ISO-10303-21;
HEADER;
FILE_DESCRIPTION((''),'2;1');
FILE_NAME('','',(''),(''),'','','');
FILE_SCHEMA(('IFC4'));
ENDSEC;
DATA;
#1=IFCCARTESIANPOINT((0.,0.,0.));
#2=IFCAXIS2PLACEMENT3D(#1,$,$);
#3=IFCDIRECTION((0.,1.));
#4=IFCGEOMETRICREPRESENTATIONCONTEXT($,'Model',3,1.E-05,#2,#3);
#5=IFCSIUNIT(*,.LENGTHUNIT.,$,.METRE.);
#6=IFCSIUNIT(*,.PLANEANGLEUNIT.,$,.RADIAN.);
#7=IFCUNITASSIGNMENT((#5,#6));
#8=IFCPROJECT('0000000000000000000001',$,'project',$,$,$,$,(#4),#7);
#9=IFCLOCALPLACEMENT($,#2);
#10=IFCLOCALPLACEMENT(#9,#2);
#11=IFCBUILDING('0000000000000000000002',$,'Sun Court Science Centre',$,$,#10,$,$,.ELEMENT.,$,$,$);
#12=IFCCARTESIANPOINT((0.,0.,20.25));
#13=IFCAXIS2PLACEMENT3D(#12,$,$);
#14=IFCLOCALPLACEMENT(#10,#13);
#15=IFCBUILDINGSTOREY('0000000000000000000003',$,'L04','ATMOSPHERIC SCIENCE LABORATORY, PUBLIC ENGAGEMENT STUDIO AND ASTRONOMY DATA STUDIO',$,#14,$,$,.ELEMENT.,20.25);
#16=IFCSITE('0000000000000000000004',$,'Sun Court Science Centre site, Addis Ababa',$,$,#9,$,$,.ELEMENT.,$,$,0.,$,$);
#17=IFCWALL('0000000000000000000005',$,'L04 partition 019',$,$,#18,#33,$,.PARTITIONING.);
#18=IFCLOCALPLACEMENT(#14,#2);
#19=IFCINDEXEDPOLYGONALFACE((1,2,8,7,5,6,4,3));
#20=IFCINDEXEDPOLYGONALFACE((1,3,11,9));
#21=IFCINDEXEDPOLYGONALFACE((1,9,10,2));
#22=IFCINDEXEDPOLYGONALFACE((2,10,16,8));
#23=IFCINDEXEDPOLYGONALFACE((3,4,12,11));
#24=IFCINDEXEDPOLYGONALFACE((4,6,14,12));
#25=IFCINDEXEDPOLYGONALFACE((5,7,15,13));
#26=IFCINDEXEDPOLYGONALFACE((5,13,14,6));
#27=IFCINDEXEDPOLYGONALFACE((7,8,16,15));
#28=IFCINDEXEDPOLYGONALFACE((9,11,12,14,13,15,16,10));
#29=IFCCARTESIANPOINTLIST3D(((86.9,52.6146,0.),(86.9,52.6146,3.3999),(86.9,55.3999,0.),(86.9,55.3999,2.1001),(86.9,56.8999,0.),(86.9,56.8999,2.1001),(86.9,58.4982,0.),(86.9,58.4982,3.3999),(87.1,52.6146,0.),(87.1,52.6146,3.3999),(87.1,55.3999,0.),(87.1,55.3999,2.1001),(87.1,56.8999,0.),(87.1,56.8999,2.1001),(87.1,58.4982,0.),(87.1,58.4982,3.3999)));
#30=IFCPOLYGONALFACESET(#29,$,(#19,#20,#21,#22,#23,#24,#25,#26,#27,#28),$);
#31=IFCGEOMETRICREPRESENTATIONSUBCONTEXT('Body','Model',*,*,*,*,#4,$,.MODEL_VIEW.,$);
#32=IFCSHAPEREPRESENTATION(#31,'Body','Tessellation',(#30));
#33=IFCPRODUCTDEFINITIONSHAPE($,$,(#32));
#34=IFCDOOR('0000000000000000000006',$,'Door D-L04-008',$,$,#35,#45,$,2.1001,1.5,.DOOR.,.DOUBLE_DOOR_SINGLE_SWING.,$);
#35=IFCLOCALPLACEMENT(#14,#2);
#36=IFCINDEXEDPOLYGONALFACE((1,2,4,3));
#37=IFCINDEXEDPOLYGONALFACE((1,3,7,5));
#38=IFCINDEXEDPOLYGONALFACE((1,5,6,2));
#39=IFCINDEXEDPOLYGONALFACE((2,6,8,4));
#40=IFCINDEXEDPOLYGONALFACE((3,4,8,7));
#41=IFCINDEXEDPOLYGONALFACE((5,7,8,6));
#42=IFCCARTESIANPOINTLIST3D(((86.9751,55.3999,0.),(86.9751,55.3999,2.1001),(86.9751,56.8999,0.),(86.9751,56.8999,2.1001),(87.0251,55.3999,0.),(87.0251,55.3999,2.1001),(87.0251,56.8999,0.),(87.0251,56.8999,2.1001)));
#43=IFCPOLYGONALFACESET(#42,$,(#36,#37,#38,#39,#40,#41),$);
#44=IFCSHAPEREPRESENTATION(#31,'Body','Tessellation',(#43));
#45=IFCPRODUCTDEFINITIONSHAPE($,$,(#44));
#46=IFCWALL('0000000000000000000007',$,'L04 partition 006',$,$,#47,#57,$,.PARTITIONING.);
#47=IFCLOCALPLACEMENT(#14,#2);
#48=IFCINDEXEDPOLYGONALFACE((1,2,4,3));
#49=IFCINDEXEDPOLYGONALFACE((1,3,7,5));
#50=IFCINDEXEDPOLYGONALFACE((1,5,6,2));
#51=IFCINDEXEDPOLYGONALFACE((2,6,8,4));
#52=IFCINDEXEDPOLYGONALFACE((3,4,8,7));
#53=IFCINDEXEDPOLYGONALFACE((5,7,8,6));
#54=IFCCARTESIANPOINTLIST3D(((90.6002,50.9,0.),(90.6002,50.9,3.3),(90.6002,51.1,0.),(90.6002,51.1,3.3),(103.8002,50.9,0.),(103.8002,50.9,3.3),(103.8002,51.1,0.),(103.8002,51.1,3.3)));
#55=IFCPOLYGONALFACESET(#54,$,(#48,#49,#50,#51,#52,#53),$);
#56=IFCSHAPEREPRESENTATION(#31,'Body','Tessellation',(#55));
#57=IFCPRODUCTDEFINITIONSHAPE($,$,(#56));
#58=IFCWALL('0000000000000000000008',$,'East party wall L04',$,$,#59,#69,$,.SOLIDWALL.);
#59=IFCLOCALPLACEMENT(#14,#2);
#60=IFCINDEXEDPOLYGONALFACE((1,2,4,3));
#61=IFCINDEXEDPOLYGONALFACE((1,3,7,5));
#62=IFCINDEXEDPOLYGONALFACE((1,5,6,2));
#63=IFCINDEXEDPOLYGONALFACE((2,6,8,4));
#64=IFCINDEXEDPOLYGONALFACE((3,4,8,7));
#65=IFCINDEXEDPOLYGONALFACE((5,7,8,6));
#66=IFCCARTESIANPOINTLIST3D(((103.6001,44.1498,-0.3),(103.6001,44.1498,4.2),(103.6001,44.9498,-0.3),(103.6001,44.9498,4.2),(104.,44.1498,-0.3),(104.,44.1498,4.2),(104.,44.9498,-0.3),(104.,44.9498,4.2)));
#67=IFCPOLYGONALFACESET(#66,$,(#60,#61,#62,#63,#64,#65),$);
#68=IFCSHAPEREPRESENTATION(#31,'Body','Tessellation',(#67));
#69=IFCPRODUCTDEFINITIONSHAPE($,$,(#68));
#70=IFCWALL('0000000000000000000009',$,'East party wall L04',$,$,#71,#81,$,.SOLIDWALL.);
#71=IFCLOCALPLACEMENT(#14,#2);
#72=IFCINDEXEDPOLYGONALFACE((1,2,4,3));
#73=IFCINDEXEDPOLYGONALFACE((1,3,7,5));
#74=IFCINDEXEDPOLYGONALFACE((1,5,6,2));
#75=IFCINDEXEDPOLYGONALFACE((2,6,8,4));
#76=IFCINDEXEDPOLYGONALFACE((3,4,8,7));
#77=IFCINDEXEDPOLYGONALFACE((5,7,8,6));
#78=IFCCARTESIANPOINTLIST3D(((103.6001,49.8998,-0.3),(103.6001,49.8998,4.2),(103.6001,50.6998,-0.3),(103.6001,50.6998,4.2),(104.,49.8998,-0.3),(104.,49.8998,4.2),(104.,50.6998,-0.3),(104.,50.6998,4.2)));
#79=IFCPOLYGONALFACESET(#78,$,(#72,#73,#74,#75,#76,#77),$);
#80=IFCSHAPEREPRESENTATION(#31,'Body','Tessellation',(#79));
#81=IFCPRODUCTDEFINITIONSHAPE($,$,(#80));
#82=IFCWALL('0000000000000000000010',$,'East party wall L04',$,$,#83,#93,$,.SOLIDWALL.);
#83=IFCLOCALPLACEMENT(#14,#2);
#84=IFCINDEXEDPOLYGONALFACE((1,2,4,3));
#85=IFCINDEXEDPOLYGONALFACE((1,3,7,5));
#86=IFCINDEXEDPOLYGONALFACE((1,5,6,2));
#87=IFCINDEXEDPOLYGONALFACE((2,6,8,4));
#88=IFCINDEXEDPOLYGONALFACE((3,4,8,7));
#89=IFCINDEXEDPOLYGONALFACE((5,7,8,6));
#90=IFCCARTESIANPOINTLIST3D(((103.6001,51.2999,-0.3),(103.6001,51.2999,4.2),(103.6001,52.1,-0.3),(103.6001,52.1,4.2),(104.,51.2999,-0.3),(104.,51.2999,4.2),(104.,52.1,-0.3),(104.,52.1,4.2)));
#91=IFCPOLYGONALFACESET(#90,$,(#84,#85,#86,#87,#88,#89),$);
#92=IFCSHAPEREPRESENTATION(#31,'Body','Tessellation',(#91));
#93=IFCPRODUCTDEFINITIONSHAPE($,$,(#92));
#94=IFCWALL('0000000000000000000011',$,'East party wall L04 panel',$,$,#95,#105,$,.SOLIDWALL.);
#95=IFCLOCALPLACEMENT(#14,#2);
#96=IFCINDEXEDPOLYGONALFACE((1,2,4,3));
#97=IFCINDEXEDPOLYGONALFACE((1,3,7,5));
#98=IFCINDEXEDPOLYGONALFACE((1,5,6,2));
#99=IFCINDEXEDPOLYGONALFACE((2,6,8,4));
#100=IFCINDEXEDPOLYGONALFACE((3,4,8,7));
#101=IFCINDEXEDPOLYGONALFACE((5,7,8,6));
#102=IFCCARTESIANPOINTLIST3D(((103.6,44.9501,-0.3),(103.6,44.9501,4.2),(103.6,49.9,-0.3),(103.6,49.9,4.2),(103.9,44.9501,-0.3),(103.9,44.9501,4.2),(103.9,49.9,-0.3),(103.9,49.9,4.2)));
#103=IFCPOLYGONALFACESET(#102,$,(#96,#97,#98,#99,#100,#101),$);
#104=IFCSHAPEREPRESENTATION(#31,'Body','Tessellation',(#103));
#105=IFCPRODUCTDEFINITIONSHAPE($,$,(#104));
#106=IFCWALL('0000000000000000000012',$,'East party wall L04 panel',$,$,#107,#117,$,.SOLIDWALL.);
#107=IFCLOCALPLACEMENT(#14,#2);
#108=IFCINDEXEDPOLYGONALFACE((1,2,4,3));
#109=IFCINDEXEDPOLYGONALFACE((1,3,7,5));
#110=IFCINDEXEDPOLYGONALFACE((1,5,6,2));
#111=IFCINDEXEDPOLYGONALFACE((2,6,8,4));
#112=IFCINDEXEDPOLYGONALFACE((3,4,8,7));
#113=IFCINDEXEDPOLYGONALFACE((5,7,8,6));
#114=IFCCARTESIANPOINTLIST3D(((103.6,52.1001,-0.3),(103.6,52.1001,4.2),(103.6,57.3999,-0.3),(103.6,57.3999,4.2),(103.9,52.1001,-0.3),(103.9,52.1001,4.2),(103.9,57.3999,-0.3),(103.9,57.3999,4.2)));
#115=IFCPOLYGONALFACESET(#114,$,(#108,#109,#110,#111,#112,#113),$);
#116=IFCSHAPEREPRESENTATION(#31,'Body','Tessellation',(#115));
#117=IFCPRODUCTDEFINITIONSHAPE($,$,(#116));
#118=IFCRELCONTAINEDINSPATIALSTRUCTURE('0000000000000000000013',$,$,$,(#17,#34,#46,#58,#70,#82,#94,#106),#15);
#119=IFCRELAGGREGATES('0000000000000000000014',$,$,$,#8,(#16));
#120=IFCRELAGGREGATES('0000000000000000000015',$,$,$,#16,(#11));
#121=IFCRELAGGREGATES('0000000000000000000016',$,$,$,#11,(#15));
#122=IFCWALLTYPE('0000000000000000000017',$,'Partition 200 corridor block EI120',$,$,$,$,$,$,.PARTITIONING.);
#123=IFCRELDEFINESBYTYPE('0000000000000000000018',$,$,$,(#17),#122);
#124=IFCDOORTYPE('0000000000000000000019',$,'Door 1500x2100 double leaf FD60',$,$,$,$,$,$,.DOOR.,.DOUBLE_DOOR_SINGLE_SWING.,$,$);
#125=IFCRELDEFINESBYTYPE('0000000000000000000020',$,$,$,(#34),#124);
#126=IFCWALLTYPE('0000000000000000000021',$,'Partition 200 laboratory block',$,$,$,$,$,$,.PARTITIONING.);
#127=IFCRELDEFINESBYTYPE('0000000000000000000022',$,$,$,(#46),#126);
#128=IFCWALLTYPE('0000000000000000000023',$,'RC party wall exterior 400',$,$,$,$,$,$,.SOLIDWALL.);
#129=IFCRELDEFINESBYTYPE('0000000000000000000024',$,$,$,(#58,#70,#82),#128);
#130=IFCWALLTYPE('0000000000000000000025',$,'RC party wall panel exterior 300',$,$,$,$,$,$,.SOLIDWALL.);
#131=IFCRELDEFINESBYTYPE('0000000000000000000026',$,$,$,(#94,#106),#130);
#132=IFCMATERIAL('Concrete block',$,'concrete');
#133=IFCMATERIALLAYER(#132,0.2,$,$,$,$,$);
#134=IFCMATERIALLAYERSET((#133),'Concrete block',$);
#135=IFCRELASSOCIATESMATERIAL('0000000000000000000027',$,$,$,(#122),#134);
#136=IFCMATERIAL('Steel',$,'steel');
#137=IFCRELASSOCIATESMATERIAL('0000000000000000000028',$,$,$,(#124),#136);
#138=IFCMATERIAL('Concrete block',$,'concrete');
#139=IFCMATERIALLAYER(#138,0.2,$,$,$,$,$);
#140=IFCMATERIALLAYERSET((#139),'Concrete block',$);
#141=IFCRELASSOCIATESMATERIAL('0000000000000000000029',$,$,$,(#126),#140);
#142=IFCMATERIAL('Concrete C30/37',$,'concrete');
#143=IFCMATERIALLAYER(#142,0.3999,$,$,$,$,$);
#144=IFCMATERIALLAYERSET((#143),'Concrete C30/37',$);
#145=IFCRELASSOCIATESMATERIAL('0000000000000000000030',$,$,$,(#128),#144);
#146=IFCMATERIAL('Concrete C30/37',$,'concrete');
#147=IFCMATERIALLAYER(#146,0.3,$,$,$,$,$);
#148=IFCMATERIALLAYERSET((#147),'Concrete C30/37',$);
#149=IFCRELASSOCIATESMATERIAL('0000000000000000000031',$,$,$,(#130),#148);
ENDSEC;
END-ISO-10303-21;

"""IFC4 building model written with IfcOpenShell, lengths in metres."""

from ifc_helpers import new_model, si_unit, direction, frame, frame_2d, origin, place, context, subcontext, project, spatial, rectangle, extrude, material, layer, layer_set, type_object, element, fill, save


model = new_model("IFC4")

# Units and contexts
model_context = context("Model", 3, precision=1e-05, world=origin(), true_north=direction((0.0, 1.0)))
body_context = subcontext(model_context, "Body", "Model", "MODEL_VIEW")
ifc_project = project(units=[si_unit("LENGTHUNIT", "METRE"), si_unit("PLANEANGLEUNIT", "RADIAN")], contexts=[model_context])

# Site, building, storey
site_placement = place(None, origin())
site = spatial("IfcSite", under=ifc_project, at=site_placement, Name="Sun Court Science Centre site, Addis Ababa", CompositionType="ELEMENT", RefElevation=0.0)
building_placement = place(site_placement, origin())
building = spatial("IfcBuilding", under=site, at=building_placement, Name="Sun Court Science Centre", CompositionType="ELEMENT")
storey_placement = place(building_placement, frame((0.0, 0.0, 20.25)))
storey = spatial("IfcBuildingStorey", under=building, at=storey_placement, Name="L04", Description="ATMOSPHERIC SCIENCE LABORATORY, PUBLIC ENGAGEMENT STUDIO AND ASTRONOMY DATA STUDIO", CompositionType="ELEMENT", Elevation=20.25)

# Wall, opening, door
ifc_material_1 = material(Name="Concrete block", Category="concrete")
ifc_layer_1 = layer(ifc_material_1, 0.2)
ifc_layer_set_1 = layer_set([ifc_layer_1], Name="Concrete block")
wall_type_1 = type_object("IfcWallType", Name="Partition 200 corridor block EI120", PredefinedType="PARTITIONING", material=ifc_layer_set_1)
wall_1_placement = place(storey_placement, frame((87.0, 52.6145, 0.0), z_axis=(0.0, 0.0, 1.0), x_axis=(0.0, 1.0, 0.0)))
wall_1 = element("IfcWall", 1, at=wall_1_placement, inside=storey, type_object=wall_type_1, Name="L04 partition 019", PredefinedType="PARTITIONING", context=body_context, shape_type="SweptSolid", body=[
    extrude(rectangle(XDim=5.8835, YDim=0.2, at=frame_2d((2.9419, 0.0))), origin(), (0.0, 0.0, 1.0), 3.3999),
])
opening_1_placement = place(wall_1_placement, frame((2.7854, 0.0, 0.0)))
opening_1 = element("IfcOpeningElement", 2, at=opening_1_placement, cuts=wall_1, PredefinedType="OPENING", context=body_context, shape_type="SweptSolid", body=[
    extrude(rectangle(XDim=1.5, YDim=2.1001, at=frame_2d((0.75, 1.05))), frame((0.0, 0.1099, 0.0), z_axis=(0.0, -1.0, 0.0), x_axis=(1.0, 0.0, 0.0)), (0.0, 0.0, 1.0), 0.22),
])
ifc_material_2 = material(Name="Steel", Category="steel")
door_type_1 = type_object("IfcDoorType", Name="Door 1500x2100 double leaf FD60", OperationType="DOUBLE_DOOR_SINGLE_SWING", PredefinedType="DOOR", material=ifc_material_2)
door_1_placement = place(opening_1_placement, origin())
door_1 = element("IfcDoor", 3, at=door_1_placement, inside=storey, type_object=door_type_1, Name="Door D-L04-008", OperationType="DOUBLE_DOOR_SINGLE_SWING", OverallHeight=2.1001, OverallWidth=1.5, PredefinedType="DOOR", context=body_context, shape_type="SweptSolid", body=[
    extrude(rectangle(XDim=1.5, YDim=2.1001, at=frame_2d((0.75, 1.05))), frame((0.0, 0.0249, 0.0), z_axis=(0.0, -1.0, 0.0), x_axis=(1.0, 0.0, 0.0)), (0.0, 0.0, 1.0), 0.05),
])
fill(opening_1, door_1)

# Walls
ifc_material_3 = material(Name="Concrete block", Category="concrete")
ifc_layer_2 = layer(ifc_material_3, 0.2)
ifc_layer_set_2 = layer_set([ifc_layer_2], Name="Concrete block")
wall_type_2 = type_object("IfcWallType", Name="Partition 200 laboratory block", PredefinedType="PARTITIONING", material=ifc_layer_set_2)
wall_2_placement = place(storey_placement, frame((90.6001, 51.0, 0.0), z_axis=(0.0, 0.0, 1.0), x_axis=(1.0, 0.0, 0.0)))
element("IfcWall", 4, at=wall_2_placement, inside=storey, type_object=wall_type_2, Name="L04 partition 006", PredefinedType="PARTITIONING", context=body_context, shape_type="SweptSolid", body=[
    extrude(rectangle(XDim=13.2, YDim=0.2, at=frame_2d((6.6001, 0.0))), origin(), (0.0, 0.0, 1.0), 3.3),
])
ifc_material_4 = material(Name="Concrete C30/37", Category="concrete")
ifc_layer_3 = layer(ifc_material_4, 0.3999)
ifc_layer_set_3 = layer_set([ifc_layer_3], Name="Concrete C30/37")
wall_type_3 = type_object("IfcWallType", Name="RC party wall exterior 400", PredefinedType="SOLIDWALL", material=ifc_layer_set_3)
for number, where, z_axis, x_axis, name in (
    (5, (103.8, 44.1499, -0.3), (0.0, 0.0, 1.0), (0.0, 1.0, 0.0), "East party wall L04"),
    (6, (103.8, 49.8999, -0.3), (0.0, 0.0, 1.0), (0.0, 1.0, 0.0), "East party wall L04"),
    (7, (103.8, 51.3, -0.3), (0.0, 0.0, 1.0), (0.0, 1.0, 0.0), "East party wall L04"),
):
    element("IfcWall", number, at=place(storey_placement, frame(where, z_axis=z_axis, x_axis=x_axis)), inside=storey, type_object=wall_type_3, Name=name, PredefinedType="SOLIDWALL", context=body_context, shape_type="SweptSolid", body=[
        extrude(rectangle(XDim=0.8, YDim=0.3999, at=frame_2d((0.3999, 0.0))), origin(), (0.0, 0.0, 1.0), 4.5),
    ])
ifc_material_5 = material(Name="Concrete C30/37", Category="concrete")
ifc_layer_4 = layer(ifc_material_5, 0.3)
ifc_layer_set_4 = layer_set([ifc_layer_4], Name="Concrete C30/37")
wall_type_4 = type_object("IfcWallType", Name="RC party wall panel exterior 300", PredefinedType="SOLIDWALL", material=ifc_layer_set_4)
wall_3_placement = place(storey_placement, frame((103.75, 44.95, -0.3), z_axis=(0.0, 0.0, 1.0), x_axis=(0.0, 1.0, 0.0)))
element("IfcWall", 8, at=wall_3_placement, inside=storey, type_object=wall_type_4, Name="East party wall L04 panel", PredefinedType="SOLIDWALL", context=body_context, shape_type="SweptSolid", body=[
    extrude(rectangle(XDim=4.95, YDim=0.3, at=frame_2d((2.4751, 0.0))), origin(), (0.0, 0.0, 1.0), 4.5),
])
wall_4_placement = place(storey_placement, frame((103.75, 52.1001, -0.3), z_axis=(0.0, 0.0, 1.0), x_axis=(0.0, 1.0, 0.0)))
element("IfcWall", 9, at=wall_4_placement, inside=storey, type_object=wall_type_4, Name="East party wall L04 panel", PredefinedType="SOLIDWALL", context=body_context, shape_type="SweptSolid", body=[
    extrude(rectangle(XDim=5.2998, YDim=0.3, at=frame_2d((2.6499, 0.0))), origin(), (0.0, 0.0, 1.0), 4.5),
])

save(model, "model.ifc")
